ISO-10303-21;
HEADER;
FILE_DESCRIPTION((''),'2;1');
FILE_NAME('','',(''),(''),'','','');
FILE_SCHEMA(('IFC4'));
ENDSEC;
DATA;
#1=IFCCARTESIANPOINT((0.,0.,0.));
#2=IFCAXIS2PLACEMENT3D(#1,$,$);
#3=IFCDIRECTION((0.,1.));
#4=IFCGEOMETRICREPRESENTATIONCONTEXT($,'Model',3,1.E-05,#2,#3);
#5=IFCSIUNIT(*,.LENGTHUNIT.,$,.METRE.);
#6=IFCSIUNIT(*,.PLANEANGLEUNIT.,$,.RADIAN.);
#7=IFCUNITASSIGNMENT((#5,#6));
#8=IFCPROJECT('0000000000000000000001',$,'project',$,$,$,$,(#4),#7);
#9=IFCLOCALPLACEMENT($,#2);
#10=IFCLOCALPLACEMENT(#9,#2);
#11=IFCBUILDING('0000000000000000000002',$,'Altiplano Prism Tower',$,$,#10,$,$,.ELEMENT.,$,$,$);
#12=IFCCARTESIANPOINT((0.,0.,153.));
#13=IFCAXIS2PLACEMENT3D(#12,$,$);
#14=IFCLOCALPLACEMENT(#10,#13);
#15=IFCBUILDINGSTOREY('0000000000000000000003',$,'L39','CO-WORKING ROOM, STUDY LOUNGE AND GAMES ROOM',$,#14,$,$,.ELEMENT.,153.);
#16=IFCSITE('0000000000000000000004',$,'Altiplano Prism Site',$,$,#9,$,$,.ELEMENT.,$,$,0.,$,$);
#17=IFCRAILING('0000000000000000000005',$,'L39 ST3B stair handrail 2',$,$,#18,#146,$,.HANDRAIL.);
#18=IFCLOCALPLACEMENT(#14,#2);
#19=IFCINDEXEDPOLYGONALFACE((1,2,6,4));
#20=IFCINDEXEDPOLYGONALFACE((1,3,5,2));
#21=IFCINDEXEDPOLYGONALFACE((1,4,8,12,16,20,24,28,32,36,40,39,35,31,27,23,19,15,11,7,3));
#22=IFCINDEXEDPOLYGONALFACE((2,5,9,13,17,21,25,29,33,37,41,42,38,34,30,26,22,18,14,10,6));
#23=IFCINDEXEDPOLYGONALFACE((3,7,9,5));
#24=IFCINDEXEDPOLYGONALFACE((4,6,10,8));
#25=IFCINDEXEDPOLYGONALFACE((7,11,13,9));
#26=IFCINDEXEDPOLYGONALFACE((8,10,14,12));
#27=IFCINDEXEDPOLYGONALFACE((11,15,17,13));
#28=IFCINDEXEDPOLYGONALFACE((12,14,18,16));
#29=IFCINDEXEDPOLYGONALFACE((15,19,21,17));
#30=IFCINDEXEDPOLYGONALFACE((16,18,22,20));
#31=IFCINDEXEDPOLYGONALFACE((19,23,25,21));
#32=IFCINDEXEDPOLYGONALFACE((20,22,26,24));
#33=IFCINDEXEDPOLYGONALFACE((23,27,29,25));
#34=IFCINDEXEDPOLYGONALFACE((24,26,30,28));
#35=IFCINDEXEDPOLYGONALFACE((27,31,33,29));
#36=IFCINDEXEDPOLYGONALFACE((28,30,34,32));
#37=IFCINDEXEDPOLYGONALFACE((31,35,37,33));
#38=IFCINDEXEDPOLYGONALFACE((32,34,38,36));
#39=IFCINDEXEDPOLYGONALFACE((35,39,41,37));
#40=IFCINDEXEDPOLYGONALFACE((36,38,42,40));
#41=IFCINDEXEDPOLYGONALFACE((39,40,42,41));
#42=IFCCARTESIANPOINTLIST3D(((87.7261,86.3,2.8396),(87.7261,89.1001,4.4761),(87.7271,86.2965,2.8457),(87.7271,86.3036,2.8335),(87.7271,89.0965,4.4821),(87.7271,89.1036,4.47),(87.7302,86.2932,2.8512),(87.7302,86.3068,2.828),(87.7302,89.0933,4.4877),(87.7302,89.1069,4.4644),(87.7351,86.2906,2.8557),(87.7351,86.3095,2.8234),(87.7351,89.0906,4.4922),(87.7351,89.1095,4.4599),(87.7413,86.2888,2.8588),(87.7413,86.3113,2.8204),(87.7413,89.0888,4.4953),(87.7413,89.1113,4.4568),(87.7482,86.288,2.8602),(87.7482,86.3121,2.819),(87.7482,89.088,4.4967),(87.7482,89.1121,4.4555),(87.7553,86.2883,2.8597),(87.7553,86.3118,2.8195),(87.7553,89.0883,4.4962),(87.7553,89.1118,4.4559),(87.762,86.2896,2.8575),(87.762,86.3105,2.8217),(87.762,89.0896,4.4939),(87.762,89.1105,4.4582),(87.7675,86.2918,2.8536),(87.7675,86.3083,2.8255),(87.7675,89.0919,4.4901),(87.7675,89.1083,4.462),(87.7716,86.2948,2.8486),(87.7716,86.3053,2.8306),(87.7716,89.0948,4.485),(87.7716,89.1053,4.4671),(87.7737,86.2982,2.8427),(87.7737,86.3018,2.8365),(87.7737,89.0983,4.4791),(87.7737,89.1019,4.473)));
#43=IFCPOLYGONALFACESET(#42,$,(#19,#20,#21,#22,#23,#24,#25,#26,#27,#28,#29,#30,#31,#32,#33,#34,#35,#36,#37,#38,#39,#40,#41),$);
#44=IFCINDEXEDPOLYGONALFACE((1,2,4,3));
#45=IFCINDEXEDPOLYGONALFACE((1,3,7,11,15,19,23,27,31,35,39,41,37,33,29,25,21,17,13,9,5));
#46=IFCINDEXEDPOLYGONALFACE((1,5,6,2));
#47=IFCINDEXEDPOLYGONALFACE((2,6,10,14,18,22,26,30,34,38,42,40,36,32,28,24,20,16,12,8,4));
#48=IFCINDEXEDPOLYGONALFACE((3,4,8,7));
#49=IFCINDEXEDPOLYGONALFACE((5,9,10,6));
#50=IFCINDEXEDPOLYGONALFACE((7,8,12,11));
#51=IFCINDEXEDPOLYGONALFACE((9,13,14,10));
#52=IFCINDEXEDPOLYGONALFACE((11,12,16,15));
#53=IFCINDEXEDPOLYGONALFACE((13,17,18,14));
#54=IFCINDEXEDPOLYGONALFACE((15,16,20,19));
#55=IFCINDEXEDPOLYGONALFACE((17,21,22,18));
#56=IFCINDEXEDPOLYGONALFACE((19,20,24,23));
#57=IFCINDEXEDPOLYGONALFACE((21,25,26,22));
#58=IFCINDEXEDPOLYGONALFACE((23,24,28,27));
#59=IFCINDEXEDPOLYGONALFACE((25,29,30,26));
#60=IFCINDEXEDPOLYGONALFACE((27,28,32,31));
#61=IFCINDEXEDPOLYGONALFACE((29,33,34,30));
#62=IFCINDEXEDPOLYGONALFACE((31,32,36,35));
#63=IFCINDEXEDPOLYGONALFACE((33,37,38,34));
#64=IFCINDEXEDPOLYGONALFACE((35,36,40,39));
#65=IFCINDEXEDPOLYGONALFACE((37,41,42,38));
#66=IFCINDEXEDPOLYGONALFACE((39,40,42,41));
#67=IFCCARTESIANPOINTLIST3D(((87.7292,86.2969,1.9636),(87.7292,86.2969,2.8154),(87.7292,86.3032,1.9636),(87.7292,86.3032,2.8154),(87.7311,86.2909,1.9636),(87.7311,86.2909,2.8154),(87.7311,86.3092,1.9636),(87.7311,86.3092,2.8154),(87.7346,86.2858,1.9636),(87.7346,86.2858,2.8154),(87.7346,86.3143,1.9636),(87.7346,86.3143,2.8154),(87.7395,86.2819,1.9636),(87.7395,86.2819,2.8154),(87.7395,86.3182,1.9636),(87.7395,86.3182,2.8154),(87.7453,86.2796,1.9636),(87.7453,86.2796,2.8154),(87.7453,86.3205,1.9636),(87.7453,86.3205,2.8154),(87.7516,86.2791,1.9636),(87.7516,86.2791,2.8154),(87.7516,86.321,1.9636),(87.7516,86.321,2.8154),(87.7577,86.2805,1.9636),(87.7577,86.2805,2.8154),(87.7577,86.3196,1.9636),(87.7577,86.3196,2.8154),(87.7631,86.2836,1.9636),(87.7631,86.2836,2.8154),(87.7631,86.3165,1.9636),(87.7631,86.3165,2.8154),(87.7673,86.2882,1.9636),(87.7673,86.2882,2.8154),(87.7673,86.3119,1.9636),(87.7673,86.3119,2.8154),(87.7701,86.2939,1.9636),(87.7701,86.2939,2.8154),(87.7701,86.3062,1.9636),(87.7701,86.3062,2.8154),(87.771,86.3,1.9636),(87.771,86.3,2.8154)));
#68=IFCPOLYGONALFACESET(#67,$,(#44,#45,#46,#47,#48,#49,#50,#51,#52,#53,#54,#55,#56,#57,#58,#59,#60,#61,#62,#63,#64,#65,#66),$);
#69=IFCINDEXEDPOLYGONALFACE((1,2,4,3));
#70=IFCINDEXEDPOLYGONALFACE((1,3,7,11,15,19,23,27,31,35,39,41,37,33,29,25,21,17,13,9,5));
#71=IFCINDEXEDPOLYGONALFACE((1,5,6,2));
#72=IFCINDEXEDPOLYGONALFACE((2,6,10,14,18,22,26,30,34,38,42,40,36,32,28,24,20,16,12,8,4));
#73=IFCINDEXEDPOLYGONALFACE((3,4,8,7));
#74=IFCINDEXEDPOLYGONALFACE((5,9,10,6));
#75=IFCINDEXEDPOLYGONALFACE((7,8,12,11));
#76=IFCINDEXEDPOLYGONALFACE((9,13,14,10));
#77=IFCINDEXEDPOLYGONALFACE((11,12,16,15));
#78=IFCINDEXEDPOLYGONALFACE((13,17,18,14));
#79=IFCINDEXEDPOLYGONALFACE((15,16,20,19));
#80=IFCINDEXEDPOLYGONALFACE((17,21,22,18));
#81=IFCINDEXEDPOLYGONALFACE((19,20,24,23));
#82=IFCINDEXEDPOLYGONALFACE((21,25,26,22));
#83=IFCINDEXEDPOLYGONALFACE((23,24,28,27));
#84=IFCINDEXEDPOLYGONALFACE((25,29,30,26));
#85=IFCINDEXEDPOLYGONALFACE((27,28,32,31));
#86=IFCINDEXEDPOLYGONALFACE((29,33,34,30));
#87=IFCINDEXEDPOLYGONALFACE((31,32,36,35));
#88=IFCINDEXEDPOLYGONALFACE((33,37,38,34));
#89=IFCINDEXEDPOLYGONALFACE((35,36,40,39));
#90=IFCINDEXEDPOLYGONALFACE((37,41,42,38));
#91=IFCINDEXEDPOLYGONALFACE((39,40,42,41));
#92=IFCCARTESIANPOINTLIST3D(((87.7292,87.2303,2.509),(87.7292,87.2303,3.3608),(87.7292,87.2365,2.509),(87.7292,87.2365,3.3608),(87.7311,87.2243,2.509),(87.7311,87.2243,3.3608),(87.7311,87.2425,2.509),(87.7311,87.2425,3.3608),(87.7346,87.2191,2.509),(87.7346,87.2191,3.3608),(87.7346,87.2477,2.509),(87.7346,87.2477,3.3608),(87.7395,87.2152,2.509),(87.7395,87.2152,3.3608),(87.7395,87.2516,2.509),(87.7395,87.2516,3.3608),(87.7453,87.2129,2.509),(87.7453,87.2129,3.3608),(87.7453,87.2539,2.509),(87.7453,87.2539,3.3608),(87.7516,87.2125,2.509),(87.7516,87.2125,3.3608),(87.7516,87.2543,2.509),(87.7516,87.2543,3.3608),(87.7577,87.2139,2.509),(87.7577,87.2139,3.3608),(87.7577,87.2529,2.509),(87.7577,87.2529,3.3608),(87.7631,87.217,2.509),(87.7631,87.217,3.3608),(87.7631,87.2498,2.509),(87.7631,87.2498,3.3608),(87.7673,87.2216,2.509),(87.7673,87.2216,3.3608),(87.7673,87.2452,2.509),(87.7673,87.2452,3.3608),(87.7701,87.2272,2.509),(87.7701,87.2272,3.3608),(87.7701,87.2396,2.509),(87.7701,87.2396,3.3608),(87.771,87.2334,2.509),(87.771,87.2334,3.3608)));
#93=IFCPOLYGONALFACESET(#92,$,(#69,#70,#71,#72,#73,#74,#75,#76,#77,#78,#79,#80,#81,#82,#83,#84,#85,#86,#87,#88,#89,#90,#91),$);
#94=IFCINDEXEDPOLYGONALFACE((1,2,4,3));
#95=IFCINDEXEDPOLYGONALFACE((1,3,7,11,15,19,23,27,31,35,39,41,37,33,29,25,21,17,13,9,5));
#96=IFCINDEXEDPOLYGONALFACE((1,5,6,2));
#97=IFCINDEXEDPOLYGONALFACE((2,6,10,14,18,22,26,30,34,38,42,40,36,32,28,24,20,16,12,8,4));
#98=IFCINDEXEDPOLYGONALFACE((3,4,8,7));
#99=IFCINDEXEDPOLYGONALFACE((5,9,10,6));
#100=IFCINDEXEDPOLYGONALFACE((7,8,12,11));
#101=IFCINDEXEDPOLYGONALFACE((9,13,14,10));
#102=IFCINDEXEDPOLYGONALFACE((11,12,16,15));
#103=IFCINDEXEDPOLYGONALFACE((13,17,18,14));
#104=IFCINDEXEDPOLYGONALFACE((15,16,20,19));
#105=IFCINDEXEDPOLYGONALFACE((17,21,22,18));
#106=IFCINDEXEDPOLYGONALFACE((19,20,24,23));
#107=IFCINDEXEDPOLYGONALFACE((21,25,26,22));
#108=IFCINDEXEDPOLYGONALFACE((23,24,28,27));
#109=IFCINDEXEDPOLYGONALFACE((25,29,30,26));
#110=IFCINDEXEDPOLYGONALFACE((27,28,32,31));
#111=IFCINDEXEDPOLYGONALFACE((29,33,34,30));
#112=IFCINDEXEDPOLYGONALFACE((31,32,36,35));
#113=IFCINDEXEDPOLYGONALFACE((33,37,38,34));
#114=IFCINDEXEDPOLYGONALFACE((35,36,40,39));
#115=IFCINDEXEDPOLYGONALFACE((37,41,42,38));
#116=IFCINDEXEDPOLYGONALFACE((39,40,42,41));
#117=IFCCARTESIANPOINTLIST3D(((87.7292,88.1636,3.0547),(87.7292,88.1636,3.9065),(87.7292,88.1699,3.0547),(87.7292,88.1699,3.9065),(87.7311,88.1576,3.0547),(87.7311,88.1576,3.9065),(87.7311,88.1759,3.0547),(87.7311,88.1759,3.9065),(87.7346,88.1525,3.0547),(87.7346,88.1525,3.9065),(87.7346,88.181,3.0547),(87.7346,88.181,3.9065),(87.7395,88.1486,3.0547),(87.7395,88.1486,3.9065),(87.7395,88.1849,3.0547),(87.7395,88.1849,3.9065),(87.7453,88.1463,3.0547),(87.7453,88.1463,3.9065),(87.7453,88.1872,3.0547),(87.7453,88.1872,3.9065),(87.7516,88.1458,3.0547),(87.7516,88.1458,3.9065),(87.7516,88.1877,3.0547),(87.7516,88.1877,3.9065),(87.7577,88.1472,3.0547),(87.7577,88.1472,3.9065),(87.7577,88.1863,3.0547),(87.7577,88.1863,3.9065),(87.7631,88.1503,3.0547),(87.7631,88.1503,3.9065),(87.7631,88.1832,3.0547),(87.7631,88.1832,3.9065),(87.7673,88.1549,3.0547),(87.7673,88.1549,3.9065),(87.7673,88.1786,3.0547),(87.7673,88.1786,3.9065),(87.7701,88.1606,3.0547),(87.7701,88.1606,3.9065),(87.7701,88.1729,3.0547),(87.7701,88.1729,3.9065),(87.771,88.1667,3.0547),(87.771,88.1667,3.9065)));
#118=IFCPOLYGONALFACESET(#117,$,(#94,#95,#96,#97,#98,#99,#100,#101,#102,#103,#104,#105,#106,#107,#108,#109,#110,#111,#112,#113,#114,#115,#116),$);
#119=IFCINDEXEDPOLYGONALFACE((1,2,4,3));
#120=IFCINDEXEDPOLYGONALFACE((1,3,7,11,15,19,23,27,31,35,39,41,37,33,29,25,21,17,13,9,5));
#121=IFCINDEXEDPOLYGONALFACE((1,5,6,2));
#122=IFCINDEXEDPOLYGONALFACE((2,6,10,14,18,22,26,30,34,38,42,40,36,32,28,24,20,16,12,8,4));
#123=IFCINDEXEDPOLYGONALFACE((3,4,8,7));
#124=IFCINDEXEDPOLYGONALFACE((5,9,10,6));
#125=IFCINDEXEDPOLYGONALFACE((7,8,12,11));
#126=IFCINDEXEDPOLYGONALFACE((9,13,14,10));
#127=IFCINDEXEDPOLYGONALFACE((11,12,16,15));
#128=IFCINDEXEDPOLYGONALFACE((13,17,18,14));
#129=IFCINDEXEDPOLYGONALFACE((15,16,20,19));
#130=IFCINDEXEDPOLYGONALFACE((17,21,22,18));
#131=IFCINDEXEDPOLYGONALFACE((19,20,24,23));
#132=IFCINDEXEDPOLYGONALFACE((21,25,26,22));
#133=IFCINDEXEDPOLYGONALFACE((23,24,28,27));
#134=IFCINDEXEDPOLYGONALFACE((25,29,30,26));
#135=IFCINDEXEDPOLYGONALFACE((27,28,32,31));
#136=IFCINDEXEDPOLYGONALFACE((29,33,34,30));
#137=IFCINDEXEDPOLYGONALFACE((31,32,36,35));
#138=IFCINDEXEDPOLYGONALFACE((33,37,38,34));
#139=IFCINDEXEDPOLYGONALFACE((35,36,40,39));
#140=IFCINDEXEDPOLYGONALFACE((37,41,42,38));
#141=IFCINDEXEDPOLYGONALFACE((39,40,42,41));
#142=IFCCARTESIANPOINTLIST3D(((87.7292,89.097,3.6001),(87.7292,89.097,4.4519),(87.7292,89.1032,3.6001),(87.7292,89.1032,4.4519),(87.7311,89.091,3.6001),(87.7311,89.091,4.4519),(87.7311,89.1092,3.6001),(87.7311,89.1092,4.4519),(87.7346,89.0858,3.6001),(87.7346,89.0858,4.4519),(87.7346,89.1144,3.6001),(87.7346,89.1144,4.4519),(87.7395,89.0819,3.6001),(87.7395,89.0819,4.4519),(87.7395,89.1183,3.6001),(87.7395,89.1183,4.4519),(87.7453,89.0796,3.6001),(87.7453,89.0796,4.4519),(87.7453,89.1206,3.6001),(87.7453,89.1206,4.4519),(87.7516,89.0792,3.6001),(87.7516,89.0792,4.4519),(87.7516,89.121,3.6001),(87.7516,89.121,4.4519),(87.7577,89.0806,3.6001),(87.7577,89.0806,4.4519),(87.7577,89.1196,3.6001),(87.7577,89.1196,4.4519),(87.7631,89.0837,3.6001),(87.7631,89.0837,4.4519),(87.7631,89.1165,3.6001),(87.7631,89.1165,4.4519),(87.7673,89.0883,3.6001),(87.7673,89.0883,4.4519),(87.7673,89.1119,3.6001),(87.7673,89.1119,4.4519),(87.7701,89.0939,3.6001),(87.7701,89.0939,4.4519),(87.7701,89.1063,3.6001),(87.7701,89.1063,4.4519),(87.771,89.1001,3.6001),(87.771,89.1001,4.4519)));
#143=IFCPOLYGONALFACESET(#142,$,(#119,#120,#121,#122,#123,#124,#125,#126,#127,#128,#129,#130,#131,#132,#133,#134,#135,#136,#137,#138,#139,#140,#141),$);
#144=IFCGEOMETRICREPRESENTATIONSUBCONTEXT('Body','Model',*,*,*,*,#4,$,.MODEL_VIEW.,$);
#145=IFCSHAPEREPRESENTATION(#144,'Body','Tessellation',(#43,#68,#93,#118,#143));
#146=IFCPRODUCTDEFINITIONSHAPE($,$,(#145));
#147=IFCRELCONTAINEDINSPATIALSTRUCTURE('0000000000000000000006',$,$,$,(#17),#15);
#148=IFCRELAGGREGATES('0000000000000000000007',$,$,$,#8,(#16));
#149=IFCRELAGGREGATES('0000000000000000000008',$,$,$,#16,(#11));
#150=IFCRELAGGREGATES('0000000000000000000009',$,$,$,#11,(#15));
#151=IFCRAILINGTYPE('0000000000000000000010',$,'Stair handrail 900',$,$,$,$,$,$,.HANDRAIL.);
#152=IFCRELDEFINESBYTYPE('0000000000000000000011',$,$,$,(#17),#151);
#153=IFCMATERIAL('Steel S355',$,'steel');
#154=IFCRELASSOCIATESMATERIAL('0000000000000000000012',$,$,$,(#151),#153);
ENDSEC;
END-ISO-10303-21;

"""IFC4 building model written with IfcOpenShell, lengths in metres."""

from ifc_helpers import new_model, si_unit, direction, frame, origin, origin_2d, place, context, subcontext, project, spatial, circle, extrude, material, type_object, element, save


model = new_model("IFC4")

# Units and contexts
model_context = context("Model", 3, precision=1e-05, world=origin(), true_north=direction((0.0, 1.0)))
body_context = subcontext(model_context, "Body", "Model", "MODEL_VIEW")
ifc_project = project(units=[si_unit("LENGTHUNIT", "METRE"), si_unit("PLANEANGLEUNIT", "RADIAN")], contexts=[model_context])

# Site, building, storey
site_placement = place(None, origin())
site = spatial("IfcSite", under=ifc_project, at=site_placement, Name="Altiplano Prism Site", CompositionType="ELEMENT", RefElevation=0.0)
building_placement = place(site_placement, origin())
building = spatial("IfcBuilding", under=site, at=building_placement, Name="Altiplano Prism Tower", CompositionType="ELEMENT")
storey_placement = place(building_placement, frame((0.0, 0.0, 153.0)))
storey = spatial("IfcBuildingStorey", under=building, at=storey_placement, Name="L39", Description="CO-WORKING ROOM, STUDY LOUNGE AND GAMES ROOM", CompositionType="ELEMENT", Elevation=153.0)

# Railing
ifc_material_1 = material(Name="Steel S355", Category="steel")
railing_type_1 = type_object("IfcRailingType", Name="Stair handrail 900", PredefinedType="HANDRAIL", material=ifc_material_1)
railing_1_placement = place(storey_placement, frame((87.75, 86.3, 1.9636)))
element("IfcRailing", 1, at=railing_1_placement, inside=storey, type_object=railing_type_1, Name="L39 ST3B stair handrail 2", PredefinedType="HANDRAIL", context=body_context, shape_type="SweptSolid", body=[
    extrude(circle(Radius=0.0239, at=origin_2d()), frame((0.0, 0.0, 0.876), z_axis=(0.0, 0.863361, 0.504587), x_axis=(-1.0, 0.0, 0.0)), (0.0, 0.0, 1.0), 3.2432),
    extrude(circle(Radius=0.021, at=origin_2d()), origin(), (0.0, 0.0, 1.0), 0.8518),
    extrude(circle(Radius=0.021, at=origin_2d()), frame((0.0, 0.9333, 0.5454)), (0.0, 0.0, 1.0), 0.8518),
    extrude(circle(Radius=0.021, at=origin_2d()), frame((0.0, 1.8667, 1.0911)), (0.0, 0.0, 1.0), 0.8518),
    extrude(circle(Radius=0.021, at=origin_2d()), frame((0.0, 2.8, 1.6365)), (0.0, 0.0, 1.0), 0.8518),
])

save(model, "model.ifc")
